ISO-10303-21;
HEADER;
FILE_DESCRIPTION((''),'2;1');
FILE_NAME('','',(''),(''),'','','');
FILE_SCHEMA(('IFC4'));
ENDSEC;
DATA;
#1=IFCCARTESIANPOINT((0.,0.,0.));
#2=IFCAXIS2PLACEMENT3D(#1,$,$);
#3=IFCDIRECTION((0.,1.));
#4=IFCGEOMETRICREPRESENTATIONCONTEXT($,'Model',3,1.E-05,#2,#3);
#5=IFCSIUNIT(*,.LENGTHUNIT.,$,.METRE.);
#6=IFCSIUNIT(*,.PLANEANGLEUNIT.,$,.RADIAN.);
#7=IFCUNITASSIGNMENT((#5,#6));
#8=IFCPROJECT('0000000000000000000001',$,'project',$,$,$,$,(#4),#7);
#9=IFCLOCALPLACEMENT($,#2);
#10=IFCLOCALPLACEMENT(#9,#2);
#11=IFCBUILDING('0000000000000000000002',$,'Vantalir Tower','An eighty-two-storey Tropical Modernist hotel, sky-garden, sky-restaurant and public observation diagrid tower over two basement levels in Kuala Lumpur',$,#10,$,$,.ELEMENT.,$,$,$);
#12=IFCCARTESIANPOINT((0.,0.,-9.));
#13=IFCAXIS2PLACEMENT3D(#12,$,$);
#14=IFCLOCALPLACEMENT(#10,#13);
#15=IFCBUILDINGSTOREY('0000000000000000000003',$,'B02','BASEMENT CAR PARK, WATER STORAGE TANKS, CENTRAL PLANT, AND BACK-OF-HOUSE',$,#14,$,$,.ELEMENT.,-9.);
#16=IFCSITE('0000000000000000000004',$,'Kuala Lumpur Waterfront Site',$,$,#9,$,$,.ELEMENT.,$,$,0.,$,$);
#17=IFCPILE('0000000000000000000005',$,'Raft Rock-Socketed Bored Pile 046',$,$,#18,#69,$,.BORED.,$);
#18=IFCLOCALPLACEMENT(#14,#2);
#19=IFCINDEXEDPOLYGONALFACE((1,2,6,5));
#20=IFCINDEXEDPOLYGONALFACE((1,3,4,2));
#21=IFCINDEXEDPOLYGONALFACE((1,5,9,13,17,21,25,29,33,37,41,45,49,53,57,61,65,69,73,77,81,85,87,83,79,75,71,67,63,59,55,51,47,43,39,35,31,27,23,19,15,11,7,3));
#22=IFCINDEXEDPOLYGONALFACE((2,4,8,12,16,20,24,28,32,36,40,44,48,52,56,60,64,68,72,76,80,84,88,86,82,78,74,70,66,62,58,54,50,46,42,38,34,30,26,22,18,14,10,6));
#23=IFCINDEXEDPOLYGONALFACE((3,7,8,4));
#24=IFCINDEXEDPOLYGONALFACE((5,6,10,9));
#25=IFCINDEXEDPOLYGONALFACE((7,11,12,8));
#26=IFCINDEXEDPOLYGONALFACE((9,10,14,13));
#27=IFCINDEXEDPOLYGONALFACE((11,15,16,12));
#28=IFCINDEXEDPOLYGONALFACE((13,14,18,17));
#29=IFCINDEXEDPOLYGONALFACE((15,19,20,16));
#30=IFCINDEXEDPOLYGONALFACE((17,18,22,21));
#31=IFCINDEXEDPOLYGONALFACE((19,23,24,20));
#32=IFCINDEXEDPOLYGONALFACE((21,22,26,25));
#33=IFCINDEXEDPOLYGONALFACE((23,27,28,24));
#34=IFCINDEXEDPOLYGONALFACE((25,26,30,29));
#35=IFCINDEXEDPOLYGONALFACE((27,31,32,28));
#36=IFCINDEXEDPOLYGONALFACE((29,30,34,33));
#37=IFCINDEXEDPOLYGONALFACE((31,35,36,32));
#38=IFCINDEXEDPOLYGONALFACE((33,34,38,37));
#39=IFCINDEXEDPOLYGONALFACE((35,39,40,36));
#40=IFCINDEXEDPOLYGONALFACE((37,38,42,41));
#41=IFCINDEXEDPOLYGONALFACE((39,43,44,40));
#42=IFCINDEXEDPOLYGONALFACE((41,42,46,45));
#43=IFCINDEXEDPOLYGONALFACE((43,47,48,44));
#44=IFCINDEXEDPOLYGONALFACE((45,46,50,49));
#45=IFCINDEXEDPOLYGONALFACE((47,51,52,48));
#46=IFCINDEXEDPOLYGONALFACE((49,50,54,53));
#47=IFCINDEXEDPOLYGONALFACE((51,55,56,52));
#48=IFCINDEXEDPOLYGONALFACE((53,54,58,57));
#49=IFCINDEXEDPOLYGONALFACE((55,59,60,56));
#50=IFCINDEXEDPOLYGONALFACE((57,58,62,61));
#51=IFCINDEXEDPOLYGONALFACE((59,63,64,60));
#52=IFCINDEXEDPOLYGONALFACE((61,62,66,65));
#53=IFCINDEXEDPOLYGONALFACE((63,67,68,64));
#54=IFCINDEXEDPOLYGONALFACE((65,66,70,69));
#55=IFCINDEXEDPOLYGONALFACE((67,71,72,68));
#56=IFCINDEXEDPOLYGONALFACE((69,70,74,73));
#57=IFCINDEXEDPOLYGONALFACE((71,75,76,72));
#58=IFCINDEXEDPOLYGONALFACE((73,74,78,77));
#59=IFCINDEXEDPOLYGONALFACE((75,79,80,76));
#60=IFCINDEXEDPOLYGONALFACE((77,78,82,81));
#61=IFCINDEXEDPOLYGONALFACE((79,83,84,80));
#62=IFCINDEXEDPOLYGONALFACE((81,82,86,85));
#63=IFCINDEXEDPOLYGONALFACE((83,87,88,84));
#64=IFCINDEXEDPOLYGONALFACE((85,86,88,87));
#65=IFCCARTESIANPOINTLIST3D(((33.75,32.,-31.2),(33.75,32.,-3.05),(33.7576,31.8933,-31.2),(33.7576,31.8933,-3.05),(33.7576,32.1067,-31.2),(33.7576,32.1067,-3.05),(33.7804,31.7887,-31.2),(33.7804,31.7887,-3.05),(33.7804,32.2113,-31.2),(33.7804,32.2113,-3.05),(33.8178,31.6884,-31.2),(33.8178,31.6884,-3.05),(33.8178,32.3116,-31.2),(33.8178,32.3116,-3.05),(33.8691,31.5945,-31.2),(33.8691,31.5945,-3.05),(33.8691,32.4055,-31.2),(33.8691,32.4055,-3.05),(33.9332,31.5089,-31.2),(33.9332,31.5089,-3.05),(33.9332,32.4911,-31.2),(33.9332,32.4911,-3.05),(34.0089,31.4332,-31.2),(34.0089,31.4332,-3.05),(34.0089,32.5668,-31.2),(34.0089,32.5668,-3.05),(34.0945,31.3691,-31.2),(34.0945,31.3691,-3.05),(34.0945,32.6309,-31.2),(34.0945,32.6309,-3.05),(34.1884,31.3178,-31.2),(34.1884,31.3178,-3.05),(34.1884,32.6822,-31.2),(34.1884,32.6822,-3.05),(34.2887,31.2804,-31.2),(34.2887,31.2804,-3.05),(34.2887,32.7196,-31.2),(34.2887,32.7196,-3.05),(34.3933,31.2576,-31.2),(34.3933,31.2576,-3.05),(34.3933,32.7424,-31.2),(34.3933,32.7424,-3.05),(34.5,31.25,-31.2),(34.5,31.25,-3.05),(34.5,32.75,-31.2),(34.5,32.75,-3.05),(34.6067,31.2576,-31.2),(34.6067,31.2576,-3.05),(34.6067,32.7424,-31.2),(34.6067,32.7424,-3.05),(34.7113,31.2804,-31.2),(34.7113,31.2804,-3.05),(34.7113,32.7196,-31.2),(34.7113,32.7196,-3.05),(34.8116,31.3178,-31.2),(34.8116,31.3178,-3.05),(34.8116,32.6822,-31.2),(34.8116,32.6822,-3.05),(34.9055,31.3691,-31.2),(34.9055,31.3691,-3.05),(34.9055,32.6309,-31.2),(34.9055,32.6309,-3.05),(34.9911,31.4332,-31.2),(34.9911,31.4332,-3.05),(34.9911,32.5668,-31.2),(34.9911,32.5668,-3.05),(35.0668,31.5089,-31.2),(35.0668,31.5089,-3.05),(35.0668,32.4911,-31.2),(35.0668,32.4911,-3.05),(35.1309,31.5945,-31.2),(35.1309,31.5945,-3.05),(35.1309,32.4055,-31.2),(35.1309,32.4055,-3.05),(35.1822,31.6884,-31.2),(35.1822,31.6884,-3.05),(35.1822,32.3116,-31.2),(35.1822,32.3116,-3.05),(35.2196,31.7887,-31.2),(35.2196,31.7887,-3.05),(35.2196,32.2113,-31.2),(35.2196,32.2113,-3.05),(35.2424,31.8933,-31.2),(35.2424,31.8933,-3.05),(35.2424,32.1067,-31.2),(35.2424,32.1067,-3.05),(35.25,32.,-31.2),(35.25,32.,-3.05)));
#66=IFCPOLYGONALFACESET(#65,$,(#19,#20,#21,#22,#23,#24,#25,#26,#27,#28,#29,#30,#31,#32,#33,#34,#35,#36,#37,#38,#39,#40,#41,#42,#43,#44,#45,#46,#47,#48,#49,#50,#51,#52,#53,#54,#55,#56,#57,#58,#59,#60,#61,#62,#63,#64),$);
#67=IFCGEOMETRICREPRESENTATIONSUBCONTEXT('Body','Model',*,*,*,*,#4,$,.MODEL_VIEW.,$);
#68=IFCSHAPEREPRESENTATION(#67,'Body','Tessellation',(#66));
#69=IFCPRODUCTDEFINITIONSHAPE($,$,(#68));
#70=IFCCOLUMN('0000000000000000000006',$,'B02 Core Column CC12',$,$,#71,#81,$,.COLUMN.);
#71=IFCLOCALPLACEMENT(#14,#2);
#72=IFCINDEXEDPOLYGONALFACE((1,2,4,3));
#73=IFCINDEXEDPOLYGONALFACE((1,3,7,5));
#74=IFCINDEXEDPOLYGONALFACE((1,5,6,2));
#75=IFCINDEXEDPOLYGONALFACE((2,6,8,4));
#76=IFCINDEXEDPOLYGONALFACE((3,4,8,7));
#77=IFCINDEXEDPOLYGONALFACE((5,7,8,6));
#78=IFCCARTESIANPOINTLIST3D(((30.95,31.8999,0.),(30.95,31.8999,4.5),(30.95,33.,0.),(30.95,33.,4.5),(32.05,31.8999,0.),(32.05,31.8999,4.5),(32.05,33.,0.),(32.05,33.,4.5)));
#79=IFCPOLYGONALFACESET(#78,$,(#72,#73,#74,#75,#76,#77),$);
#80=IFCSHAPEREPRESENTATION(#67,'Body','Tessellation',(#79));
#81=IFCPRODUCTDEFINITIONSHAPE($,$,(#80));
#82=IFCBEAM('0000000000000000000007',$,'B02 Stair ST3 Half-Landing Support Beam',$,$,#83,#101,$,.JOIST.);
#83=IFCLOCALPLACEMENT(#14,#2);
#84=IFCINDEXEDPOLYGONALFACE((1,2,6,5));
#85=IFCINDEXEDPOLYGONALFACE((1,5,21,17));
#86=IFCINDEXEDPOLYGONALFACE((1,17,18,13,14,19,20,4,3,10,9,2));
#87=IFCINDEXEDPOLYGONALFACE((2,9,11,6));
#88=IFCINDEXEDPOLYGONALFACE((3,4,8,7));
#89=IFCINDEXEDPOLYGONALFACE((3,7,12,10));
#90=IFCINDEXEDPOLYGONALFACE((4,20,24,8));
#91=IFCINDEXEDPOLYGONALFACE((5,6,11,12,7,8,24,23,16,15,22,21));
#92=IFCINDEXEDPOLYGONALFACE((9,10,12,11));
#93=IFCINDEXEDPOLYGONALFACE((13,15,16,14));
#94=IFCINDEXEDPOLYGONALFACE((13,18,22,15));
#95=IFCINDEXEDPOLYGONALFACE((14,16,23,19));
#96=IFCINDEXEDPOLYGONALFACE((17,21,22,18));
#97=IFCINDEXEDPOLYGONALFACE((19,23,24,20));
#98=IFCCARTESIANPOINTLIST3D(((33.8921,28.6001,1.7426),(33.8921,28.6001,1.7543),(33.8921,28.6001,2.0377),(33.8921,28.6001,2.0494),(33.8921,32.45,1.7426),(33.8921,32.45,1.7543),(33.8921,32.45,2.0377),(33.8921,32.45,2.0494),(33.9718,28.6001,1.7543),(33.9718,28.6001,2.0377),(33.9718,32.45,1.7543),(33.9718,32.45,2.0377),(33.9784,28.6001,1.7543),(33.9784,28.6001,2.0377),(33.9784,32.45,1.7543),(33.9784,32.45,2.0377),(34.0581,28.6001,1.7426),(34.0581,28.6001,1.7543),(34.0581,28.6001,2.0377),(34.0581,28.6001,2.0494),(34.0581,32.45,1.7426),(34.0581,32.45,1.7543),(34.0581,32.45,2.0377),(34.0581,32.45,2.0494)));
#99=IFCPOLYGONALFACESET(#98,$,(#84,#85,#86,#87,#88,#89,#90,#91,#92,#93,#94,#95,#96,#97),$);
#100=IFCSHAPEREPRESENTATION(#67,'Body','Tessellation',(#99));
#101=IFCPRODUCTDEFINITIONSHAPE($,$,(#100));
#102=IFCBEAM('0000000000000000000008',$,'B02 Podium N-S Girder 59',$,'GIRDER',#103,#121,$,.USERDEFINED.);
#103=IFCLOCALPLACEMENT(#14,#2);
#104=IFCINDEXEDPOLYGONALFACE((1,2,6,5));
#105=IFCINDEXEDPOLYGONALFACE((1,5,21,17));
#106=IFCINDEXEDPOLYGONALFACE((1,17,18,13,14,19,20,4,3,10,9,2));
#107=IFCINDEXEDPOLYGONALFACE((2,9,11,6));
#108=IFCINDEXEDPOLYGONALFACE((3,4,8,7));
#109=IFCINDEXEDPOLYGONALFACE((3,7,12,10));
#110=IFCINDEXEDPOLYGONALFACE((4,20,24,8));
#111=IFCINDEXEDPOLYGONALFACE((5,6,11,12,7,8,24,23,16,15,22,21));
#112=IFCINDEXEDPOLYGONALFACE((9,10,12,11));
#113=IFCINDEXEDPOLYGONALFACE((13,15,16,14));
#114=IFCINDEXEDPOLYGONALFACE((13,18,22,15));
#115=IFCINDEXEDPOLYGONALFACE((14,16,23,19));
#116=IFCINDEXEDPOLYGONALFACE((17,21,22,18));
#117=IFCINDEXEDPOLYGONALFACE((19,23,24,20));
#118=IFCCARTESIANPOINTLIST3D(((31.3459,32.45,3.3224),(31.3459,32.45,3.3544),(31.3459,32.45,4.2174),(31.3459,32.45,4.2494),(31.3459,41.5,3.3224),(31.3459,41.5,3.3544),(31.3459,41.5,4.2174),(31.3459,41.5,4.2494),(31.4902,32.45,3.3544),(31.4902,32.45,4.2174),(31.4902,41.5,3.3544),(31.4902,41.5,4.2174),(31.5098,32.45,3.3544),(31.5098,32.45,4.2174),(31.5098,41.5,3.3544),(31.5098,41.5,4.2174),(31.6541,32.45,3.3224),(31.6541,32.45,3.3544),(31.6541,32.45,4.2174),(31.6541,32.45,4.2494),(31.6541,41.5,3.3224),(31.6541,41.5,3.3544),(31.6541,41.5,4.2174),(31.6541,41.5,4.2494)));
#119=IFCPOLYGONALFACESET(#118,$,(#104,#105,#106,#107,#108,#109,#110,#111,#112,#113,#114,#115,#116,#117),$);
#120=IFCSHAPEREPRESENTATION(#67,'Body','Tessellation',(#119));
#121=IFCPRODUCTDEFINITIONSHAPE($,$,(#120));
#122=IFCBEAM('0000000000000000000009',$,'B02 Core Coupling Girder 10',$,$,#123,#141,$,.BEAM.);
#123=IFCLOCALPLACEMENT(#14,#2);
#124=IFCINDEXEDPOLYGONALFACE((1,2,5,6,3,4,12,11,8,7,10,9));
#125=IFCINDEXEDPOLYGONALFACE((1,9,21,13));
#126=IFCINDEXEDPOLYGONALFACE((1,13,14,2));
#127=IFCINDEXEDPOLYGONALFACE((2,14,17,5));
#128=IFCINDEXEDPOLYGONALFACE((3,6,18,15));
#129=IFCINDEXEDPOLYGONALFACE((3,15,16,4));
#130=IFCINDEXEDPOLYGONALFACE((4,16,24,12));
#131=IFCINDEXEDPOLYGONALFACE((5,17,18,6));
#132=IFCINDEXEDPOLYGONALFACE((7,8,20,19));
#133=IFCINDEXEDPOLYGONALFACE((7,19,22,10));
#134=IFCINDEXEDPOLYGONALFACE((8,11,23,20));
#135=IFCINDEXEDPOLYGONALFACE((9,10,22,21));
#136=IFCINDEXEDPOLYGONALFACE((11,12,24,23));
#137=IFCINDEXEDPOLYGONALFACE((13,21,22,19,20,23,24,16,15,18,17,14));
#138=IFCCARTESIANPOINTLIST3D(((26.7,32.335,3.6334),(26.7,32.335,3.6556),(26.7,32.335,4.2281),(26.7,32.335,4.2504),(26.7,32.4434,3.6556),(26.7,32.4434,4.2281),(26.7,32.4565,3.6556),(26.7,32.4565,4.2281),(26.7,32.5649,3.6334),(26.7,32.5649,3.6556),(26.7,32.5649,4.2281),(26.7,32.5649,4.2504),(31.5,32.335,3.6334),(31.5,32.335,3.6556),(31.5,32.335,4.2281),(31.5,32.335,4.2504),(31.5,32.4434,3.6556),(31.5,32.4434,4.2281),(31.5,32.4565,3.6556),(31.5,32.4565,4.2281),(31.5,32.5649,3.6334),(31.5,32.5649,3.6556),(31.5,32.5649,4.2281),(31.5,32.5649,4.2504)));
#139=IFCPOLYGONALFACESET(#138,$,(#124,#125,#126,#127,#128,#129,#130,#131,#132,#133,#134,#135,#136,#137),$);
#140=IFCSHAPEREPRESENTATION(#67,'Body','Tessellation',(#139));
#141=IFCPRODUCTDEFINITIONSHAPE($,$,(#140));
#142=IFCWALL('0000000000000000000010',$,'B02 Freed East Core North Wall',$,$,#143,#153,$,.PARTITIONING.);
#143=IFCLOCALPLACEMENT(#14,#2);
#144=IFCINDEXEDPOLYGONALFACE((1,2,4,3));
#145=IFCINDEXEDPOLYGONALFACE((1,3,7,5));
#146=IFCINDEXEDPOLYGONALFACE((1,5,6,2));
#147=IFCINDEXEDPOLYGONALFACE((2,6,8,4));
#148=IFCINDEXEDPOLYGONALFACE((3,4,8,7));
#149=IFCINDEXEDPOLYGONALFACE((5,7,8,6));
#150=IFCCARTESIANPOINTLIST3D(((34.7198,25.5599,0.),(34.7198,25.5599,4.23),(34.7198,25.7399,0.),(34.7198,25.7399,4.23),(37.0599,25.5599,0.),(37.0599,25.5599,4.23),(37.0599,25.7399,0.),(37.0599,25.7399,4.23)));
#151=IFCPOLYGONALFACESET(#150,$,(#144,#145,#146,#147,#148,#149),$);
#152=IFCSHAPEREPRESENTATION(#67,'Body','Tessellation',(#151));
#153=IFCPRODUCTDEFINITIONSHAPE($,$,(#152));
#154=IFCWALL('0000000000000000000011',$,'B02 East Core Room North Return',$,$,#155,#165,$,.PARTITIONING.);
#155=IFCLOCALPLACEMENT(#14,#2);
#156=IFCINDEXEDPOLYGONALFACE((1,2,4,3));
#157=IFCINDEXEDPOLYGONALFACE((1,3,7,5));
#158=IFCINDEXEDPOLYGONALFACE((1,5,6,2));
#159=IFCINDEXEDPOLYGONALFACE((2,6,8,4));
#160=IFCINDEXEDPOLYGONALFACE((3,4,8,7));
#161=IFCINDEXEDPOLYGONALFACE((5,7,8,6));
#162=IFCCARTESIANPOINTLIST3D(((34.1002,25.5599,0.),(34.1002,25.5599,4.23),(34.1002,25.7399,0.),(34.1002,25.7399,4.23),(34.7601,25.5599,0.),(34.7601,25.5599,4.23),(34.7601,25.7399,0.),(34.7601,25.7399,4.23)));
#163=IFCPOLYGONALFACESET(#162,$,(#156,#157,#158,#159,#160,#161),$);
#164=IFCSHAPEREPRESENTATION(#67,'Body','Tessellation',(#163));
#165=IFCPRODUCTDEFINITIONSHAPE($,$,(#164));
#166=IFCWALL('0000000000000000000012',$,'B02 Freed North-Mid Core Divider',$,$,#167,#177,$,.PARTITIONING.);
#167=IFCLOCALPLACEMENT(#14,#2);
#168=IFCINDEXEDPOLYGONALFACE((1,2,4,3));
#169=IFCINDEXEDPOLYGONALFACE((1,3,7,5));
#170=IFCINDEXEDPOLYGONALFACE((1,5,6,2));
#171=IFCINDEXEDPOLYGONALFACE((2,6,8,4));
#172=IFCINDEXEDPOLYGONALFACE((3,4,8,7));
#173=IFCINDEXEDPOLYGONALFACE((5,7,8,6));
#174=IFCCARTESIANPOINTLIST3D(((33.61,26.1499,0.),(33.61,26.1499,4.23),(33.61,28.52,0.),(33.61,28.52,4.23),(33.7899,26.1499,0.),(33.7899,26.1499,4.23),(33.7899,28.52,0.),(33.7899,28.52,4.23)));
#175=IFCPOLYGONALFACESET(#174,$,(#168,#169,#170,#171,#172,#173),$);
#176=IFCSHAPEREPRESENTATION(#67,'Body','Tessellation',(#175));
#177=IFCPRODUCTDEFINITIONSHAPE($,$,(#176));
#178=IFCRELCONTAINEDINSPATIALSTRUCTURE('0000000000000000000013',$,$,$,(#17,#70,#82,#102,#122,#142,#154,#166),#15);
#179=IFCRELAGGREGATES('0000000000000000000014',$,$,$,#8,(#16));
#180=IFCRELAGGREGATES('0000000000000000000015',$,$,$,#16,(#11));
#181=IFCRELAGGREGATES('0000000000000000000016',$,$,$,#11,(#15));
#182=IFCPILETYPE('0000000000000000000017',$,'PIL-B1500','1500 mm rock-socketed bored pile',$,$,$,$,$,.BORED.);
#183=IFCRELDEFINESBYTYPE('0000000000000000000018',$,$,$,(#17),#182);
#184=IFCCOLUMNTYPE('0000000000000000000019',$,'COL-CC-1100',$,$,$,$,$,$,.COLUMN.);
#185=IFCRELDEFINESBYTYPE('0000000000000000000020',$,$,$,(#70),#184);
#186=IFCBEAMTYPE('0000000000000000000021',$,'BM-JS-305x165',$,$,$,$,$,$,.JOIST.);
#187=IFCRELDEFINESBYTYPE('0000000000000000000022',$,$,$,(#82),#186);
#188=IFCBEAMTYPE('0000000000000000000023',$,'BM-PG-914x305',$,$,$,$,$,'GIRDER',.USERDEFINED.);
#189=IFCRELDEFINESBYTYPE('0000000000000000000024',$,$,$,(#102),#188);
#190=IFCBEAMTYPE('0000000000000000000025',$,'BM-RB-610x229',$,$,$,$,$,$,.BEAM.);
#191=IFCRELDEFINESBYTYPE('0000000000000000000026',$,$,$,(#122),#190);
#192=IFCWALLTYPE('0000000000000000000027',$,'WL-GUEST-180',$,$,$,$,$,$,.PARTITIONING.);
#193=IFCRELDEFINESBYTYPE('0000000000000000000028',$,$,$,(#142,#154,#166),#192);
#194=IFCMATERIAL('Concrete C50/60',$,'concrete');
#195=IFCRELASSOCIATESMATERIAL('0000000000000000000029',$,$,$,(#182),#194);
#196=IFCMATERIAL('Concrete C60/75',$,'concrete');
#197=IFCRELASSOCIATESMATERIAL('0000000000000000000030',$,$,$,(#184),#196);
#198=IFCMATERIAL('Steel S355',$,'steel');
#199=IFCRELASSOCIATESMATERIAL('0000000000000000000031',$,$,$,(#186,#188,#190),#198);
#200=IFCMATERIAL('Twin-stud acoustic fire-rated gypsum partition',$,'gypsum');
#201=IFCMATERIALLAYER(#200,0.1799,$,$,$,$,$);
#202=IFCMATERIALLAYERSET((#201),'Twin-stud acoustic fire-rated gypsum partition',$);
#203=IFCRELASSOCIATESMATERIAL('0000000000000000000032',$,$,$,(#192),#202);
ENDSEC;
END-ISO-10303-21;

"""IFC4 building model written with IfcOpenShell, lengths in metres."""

from ifc_helpers import new_model, si_unit, direction, frame, frame_2d, origin, origin_2d, place, context, subcontext, project, spatial, rectangle, circle, i_section, extrude, material, layer, layer_set, material_profile, profile_set, type_object, element, save


model = new_model("IFC4")

# Units and contexts
model_context = context("Model", 3, precision=1e-05, world=origin(), true_north=direction((0.0, 1.0)))
body_context = subcontext(model_context, "Body", "Model", "MODEL_VIEW")
ifc_project = project(units=[si_unit("LENGTHUNIT", "METRE"), si_unit("PLANEANGLEUNIT", "RADIAN")], contexts=[model_context])

# Site, building, storey
site_placement = place(None, origin())
site = spatial("IfcSite", under=ifc_project, at=site_placement, Name="Kuala Lumpur Waterfront Site", CompositionType="ELEMENT", RefElevation=0.0)
building_placement = place(site_placement, origin())
building = spatial("IfcBuilding", under=site, at=building_placement, Name="Vantalir Tower", Description="An eighty-two-storey Tropical Modernist hotel, sky-garden, sky-restaurant and public observation diagrid tower over two basement levels in Kuala Lumpur", CompositionType="ELEMENT")
storey_placement = place(building_placement, frame((0.0, 0.0, -9.0)))
storey = spatial("IfcBuildingStorey", under=building, at=storey_placement, Name="B02", Description="BASEMENT CAR PARK, WATER STORAGE TANKS, CENTRAL PLANT, AND BACK-OF-HOUSE", CompositionType="ELEMENT", Elevation=-9.0)

# Pile
ifc_material_1 = material(Name="Concrete C50/60", Category="concrete")
ifc_material_profile_1 = material_profile(ifc_material_1, circle(Radius=0.75, at=origin_2d()), Name="Concrete C50/60")
ifc_profile_set_1 = profile_set([ifc_material_profile_1], Name="Concrete C50/60")
pile_type = type_object("IfcPileType", Name="PIL-B1500", Description="1500 mm rock-socketed bored pile", PredefinedType="BORED", material=ifc_profile_set_1)
for number, where, z_axis, x_axis, name in (
    (1, (34.5, 32.0, -3.05), (0.0, 0.0, -1.0), (1.0, 0.0, 0.0), "Raft Rock-Socketed Bored Pile 046"),
):
    element("IfcPile", number, at=place(storey_placement, frame(where, z_axis=z_axis, x_axis=x_axis)), inside=storey, type_object=pile_type, Name=name, PredefinedType="BORED", context=body_context, shape_type="SweptSolid", body=[
        extrude(circle(Radius=0.75, at=origin_2d()), origin(), (0.0, 0.0, 1.0), 28.1499),
    ])

# Column
ifc_material_2 = material(Name="Concrete C60/75", Category="concrete")
ifc_material_profile_2 = material_profile(ifc_material_2, rectangle(XDim=1.1001, YDim=1.1001, at=origin_2d()), Name="Concrete C60/75")
ifc_profile_set_2 = profile_set([ifc_material_profile_2], Name="Concrete C60/75")
column_type = type_object("IfcColumnType", Name="COL-CC-1100", PredefinedType="COLUMN", material=ifc_profile_set_2)
column_placement = place(storey_placement, frame((31.5, 32.45, 0.0), z_axis=(0.0, 0.0, 1.0), x_axis=(1.0, 0.0, 0.0)))
element("IfcColumn", 2, at=column_placement, inside=storey, type_object=column_type, Name="B02 Core Column CC12", PredefinedType="COLUMN", context=body_context, shape_type="SweptSolid", body=[
    extrude(rectangle(XDim=1.1001, YDim=1.1001, at=origin_2d()), origin(), (0.0, 0.0, 1.0), 4.5),
])

# Beams
ifc_material_3 = material(Name="Steel S355", Category="steel")
ifc_material_profile_3 = material_profile(ifc_material_3, i_section(OverallWidth=0.166, OverallDepth=0.3069, WebThickness=0.0066, FlangeThickness=0.0117, at=origin_2d()), Name="Steel S355")
ifc_profile_set_3 = profile_set([ifc_material_profile_3], Name="Steel S355")
beam_type_1 = type_object("IfcBeamType", Name="BM-JS-305x165", PredefinedType="JOIST", material=ifc_profile_set_3)
beam_1_placement = place(storey_placement, frame((33.9751, 28.6001, 1.896), z_axis=(0.0, 1.0, 0.0), x_axis=(-1.0, 0.0, 0.0)))
element("IfcBeam", 3, at=beam_1_placement, inside=storey, type_object=beam_type_1, Name="B02 Stair ST3 Half-Landing Support Beam", PredefinedType="JOIST", context=body_context, shape_type="SweptSolid", body=[
    extrude(i_section(OverallWidth=0.166, OverallDepth=0.3069, WebThickness=0.0066, FlangeThickness=0.0117, at=origin_2d()), origin(), (0.0, 0.0, 1.0), 3.8499),
])
ifc_material_profile_4 = material_profile(ifc_material_3, i_section(OverallWidth=0.3081, OverallDepth=0.927, WebThickness=0.0195, FlangeThickness=0.032, at=origin_2d()), Name="Steel S355")
ifc_profile_set_4 = profile_set([ifc_material_profile_4], Name="Steel S355")
beam_type_2 = type_object("IfcBeamType", Name="BM-PG-914x305", ElementType="GIRDER", PredefinedType="USERDEFINED", material=ifc_profile_set_4)
beam_2_placement = place(storey_placement, frame((31.5, 32.45, 3.7859), z_axis=(0.0, 1.0, 0.0), x_axis=(-1.0, 0.0, 0.0)))
element("IfcBeam", 4, at=beam_2_placement, inside=storey, type_object=beam_type_2, Name="B02 Podium N-S Girder 59", ObjectType="GIRDER", PredefinedType="USERDEFINED", context=body_context, shape_type="SweptSolid", body=[
    extrude(i_section(OverallWidth=0.3081, OverallDepth=0.927, WebThickness=0.0195, FlangeThickness=0.032, at=origin_2d()), origin(), (0.0, 0.0, 1.0), 9.05),
])
ifc_material_profile_5 = material_profile(ifc_material_3, i_section(OverallWidth=0.23, OverallDepth=0.6169, WebThickness=0.0132, FlangeThickness=0.0222, at=origin_2d()), Name="Steel S355")
ifc_profile_set_5 = profile_set([ifc_material_profile_5], Name="Steel S355")
beam_type_3 = type_object("IfcBeamType", Name="BM-RB-610x229", PredefinedType="BEAM", material=ifc_profile_set_5)
beam_3_placement = place(storey_placement, frame((31.5, 32.45, 3.9419), z_axis=(-1.0, 0.0, 0.0), x_axis=(0.0, -1.0, 0.0)))
element("IfcBeam", 5, at=beam_3_placement, inside=storey, type_object=beam_type_3, Name="B02 Core Coupling Girder 10", PredefinedType="BEAM", context=body_context, shape_type="SweptSolid", body=[
    extrude(i_section(OverallWidth=0.23, OverallDepth=0.6169, WebThickness=0.0132, FlangeThickness=0.0222, at=origin_2d()), origin(), (0.0, 0.0, 1.0), 4.8),
])

# Walls
ifc_material_4 = material(Name="Twin-stud acoustic fire-rated gypsum partition", Category="gypsum")
ifc_layer_1 = layer(ifc_material_4, 0.1799)
ifc_layer_set_1 = layer_set([ifc_layer_1], Name="Twin-stud acoustic fire-rated gypsum partition")
wall_type_1 = type_object("IfcWallType", Name="WL-GUEST-180", PredefinedType="PARTITIONING", material=ifc_layer_set_1)
wall_1_placement = place(storey_placement, frame((34.72, 25.6499, 0.0), z_axis=(0.0, 0.0, 1.0), x_axis=(1.0, 0.0, 0.0)))
element("IfcWall", 6, at=wall_1_placement, inside=storey, type_object=wall_type_1, Name="B02 Freed East Core North Wall", PredefinedType="PARTITIONING", context=body_context, shape_type="SweptSolid", body=[
    extrude(rectangle(XDim=2.3401, YDim=0.1799, at=frame_2d((1.1699, 0.0))), origin(), (0.0, 0.0, 1.0), 4.23),
])
wall_2_placement = place(storey_placement, frame((34.1001, 25.6499, 0.0), z_axis=(0.0, 0.0, 1.0), x_axis=(1.0, 0.0, 0.0)))
element("IfcWall", 7, at=wall_2_placement, inside=storey, type_object=wall_type_1, Name="B02 East Core Room North Return", PredefinedType="PARTITIONING", context=body_context, shape_type="SweptSolid", body=[
    extrude(rectangle(XDim=0.6599, YDim=0.1799, at=frame_2d((0.3301, 0.0))), origin(), (0.0, 0.0, 1.0), 4.23),
])
wall_3_placement = place(storey_placement, frame((33.7, 26.1499, 0.0), z_axis=(0.0, 0.0, 1.0), x_axis=(0.0, 1.0, 0.0)))
element("IfcWall", 8, at=wall_3_placement, inside=storey, type_object=wall_type_1, Name="B02 Freed North-Mid Core Divider", PredefinedType="PARTITIONING", context=body_context, shape_type="SweptSolid", body=[
    extrude(rectangle(XDim=2.3701, YDim=0.1799, at=frame_2d((1.1851, 0.0))), origin(), (0.0, 0.0, 1.0), 4.23),
])

save(model, "model.ifc")
